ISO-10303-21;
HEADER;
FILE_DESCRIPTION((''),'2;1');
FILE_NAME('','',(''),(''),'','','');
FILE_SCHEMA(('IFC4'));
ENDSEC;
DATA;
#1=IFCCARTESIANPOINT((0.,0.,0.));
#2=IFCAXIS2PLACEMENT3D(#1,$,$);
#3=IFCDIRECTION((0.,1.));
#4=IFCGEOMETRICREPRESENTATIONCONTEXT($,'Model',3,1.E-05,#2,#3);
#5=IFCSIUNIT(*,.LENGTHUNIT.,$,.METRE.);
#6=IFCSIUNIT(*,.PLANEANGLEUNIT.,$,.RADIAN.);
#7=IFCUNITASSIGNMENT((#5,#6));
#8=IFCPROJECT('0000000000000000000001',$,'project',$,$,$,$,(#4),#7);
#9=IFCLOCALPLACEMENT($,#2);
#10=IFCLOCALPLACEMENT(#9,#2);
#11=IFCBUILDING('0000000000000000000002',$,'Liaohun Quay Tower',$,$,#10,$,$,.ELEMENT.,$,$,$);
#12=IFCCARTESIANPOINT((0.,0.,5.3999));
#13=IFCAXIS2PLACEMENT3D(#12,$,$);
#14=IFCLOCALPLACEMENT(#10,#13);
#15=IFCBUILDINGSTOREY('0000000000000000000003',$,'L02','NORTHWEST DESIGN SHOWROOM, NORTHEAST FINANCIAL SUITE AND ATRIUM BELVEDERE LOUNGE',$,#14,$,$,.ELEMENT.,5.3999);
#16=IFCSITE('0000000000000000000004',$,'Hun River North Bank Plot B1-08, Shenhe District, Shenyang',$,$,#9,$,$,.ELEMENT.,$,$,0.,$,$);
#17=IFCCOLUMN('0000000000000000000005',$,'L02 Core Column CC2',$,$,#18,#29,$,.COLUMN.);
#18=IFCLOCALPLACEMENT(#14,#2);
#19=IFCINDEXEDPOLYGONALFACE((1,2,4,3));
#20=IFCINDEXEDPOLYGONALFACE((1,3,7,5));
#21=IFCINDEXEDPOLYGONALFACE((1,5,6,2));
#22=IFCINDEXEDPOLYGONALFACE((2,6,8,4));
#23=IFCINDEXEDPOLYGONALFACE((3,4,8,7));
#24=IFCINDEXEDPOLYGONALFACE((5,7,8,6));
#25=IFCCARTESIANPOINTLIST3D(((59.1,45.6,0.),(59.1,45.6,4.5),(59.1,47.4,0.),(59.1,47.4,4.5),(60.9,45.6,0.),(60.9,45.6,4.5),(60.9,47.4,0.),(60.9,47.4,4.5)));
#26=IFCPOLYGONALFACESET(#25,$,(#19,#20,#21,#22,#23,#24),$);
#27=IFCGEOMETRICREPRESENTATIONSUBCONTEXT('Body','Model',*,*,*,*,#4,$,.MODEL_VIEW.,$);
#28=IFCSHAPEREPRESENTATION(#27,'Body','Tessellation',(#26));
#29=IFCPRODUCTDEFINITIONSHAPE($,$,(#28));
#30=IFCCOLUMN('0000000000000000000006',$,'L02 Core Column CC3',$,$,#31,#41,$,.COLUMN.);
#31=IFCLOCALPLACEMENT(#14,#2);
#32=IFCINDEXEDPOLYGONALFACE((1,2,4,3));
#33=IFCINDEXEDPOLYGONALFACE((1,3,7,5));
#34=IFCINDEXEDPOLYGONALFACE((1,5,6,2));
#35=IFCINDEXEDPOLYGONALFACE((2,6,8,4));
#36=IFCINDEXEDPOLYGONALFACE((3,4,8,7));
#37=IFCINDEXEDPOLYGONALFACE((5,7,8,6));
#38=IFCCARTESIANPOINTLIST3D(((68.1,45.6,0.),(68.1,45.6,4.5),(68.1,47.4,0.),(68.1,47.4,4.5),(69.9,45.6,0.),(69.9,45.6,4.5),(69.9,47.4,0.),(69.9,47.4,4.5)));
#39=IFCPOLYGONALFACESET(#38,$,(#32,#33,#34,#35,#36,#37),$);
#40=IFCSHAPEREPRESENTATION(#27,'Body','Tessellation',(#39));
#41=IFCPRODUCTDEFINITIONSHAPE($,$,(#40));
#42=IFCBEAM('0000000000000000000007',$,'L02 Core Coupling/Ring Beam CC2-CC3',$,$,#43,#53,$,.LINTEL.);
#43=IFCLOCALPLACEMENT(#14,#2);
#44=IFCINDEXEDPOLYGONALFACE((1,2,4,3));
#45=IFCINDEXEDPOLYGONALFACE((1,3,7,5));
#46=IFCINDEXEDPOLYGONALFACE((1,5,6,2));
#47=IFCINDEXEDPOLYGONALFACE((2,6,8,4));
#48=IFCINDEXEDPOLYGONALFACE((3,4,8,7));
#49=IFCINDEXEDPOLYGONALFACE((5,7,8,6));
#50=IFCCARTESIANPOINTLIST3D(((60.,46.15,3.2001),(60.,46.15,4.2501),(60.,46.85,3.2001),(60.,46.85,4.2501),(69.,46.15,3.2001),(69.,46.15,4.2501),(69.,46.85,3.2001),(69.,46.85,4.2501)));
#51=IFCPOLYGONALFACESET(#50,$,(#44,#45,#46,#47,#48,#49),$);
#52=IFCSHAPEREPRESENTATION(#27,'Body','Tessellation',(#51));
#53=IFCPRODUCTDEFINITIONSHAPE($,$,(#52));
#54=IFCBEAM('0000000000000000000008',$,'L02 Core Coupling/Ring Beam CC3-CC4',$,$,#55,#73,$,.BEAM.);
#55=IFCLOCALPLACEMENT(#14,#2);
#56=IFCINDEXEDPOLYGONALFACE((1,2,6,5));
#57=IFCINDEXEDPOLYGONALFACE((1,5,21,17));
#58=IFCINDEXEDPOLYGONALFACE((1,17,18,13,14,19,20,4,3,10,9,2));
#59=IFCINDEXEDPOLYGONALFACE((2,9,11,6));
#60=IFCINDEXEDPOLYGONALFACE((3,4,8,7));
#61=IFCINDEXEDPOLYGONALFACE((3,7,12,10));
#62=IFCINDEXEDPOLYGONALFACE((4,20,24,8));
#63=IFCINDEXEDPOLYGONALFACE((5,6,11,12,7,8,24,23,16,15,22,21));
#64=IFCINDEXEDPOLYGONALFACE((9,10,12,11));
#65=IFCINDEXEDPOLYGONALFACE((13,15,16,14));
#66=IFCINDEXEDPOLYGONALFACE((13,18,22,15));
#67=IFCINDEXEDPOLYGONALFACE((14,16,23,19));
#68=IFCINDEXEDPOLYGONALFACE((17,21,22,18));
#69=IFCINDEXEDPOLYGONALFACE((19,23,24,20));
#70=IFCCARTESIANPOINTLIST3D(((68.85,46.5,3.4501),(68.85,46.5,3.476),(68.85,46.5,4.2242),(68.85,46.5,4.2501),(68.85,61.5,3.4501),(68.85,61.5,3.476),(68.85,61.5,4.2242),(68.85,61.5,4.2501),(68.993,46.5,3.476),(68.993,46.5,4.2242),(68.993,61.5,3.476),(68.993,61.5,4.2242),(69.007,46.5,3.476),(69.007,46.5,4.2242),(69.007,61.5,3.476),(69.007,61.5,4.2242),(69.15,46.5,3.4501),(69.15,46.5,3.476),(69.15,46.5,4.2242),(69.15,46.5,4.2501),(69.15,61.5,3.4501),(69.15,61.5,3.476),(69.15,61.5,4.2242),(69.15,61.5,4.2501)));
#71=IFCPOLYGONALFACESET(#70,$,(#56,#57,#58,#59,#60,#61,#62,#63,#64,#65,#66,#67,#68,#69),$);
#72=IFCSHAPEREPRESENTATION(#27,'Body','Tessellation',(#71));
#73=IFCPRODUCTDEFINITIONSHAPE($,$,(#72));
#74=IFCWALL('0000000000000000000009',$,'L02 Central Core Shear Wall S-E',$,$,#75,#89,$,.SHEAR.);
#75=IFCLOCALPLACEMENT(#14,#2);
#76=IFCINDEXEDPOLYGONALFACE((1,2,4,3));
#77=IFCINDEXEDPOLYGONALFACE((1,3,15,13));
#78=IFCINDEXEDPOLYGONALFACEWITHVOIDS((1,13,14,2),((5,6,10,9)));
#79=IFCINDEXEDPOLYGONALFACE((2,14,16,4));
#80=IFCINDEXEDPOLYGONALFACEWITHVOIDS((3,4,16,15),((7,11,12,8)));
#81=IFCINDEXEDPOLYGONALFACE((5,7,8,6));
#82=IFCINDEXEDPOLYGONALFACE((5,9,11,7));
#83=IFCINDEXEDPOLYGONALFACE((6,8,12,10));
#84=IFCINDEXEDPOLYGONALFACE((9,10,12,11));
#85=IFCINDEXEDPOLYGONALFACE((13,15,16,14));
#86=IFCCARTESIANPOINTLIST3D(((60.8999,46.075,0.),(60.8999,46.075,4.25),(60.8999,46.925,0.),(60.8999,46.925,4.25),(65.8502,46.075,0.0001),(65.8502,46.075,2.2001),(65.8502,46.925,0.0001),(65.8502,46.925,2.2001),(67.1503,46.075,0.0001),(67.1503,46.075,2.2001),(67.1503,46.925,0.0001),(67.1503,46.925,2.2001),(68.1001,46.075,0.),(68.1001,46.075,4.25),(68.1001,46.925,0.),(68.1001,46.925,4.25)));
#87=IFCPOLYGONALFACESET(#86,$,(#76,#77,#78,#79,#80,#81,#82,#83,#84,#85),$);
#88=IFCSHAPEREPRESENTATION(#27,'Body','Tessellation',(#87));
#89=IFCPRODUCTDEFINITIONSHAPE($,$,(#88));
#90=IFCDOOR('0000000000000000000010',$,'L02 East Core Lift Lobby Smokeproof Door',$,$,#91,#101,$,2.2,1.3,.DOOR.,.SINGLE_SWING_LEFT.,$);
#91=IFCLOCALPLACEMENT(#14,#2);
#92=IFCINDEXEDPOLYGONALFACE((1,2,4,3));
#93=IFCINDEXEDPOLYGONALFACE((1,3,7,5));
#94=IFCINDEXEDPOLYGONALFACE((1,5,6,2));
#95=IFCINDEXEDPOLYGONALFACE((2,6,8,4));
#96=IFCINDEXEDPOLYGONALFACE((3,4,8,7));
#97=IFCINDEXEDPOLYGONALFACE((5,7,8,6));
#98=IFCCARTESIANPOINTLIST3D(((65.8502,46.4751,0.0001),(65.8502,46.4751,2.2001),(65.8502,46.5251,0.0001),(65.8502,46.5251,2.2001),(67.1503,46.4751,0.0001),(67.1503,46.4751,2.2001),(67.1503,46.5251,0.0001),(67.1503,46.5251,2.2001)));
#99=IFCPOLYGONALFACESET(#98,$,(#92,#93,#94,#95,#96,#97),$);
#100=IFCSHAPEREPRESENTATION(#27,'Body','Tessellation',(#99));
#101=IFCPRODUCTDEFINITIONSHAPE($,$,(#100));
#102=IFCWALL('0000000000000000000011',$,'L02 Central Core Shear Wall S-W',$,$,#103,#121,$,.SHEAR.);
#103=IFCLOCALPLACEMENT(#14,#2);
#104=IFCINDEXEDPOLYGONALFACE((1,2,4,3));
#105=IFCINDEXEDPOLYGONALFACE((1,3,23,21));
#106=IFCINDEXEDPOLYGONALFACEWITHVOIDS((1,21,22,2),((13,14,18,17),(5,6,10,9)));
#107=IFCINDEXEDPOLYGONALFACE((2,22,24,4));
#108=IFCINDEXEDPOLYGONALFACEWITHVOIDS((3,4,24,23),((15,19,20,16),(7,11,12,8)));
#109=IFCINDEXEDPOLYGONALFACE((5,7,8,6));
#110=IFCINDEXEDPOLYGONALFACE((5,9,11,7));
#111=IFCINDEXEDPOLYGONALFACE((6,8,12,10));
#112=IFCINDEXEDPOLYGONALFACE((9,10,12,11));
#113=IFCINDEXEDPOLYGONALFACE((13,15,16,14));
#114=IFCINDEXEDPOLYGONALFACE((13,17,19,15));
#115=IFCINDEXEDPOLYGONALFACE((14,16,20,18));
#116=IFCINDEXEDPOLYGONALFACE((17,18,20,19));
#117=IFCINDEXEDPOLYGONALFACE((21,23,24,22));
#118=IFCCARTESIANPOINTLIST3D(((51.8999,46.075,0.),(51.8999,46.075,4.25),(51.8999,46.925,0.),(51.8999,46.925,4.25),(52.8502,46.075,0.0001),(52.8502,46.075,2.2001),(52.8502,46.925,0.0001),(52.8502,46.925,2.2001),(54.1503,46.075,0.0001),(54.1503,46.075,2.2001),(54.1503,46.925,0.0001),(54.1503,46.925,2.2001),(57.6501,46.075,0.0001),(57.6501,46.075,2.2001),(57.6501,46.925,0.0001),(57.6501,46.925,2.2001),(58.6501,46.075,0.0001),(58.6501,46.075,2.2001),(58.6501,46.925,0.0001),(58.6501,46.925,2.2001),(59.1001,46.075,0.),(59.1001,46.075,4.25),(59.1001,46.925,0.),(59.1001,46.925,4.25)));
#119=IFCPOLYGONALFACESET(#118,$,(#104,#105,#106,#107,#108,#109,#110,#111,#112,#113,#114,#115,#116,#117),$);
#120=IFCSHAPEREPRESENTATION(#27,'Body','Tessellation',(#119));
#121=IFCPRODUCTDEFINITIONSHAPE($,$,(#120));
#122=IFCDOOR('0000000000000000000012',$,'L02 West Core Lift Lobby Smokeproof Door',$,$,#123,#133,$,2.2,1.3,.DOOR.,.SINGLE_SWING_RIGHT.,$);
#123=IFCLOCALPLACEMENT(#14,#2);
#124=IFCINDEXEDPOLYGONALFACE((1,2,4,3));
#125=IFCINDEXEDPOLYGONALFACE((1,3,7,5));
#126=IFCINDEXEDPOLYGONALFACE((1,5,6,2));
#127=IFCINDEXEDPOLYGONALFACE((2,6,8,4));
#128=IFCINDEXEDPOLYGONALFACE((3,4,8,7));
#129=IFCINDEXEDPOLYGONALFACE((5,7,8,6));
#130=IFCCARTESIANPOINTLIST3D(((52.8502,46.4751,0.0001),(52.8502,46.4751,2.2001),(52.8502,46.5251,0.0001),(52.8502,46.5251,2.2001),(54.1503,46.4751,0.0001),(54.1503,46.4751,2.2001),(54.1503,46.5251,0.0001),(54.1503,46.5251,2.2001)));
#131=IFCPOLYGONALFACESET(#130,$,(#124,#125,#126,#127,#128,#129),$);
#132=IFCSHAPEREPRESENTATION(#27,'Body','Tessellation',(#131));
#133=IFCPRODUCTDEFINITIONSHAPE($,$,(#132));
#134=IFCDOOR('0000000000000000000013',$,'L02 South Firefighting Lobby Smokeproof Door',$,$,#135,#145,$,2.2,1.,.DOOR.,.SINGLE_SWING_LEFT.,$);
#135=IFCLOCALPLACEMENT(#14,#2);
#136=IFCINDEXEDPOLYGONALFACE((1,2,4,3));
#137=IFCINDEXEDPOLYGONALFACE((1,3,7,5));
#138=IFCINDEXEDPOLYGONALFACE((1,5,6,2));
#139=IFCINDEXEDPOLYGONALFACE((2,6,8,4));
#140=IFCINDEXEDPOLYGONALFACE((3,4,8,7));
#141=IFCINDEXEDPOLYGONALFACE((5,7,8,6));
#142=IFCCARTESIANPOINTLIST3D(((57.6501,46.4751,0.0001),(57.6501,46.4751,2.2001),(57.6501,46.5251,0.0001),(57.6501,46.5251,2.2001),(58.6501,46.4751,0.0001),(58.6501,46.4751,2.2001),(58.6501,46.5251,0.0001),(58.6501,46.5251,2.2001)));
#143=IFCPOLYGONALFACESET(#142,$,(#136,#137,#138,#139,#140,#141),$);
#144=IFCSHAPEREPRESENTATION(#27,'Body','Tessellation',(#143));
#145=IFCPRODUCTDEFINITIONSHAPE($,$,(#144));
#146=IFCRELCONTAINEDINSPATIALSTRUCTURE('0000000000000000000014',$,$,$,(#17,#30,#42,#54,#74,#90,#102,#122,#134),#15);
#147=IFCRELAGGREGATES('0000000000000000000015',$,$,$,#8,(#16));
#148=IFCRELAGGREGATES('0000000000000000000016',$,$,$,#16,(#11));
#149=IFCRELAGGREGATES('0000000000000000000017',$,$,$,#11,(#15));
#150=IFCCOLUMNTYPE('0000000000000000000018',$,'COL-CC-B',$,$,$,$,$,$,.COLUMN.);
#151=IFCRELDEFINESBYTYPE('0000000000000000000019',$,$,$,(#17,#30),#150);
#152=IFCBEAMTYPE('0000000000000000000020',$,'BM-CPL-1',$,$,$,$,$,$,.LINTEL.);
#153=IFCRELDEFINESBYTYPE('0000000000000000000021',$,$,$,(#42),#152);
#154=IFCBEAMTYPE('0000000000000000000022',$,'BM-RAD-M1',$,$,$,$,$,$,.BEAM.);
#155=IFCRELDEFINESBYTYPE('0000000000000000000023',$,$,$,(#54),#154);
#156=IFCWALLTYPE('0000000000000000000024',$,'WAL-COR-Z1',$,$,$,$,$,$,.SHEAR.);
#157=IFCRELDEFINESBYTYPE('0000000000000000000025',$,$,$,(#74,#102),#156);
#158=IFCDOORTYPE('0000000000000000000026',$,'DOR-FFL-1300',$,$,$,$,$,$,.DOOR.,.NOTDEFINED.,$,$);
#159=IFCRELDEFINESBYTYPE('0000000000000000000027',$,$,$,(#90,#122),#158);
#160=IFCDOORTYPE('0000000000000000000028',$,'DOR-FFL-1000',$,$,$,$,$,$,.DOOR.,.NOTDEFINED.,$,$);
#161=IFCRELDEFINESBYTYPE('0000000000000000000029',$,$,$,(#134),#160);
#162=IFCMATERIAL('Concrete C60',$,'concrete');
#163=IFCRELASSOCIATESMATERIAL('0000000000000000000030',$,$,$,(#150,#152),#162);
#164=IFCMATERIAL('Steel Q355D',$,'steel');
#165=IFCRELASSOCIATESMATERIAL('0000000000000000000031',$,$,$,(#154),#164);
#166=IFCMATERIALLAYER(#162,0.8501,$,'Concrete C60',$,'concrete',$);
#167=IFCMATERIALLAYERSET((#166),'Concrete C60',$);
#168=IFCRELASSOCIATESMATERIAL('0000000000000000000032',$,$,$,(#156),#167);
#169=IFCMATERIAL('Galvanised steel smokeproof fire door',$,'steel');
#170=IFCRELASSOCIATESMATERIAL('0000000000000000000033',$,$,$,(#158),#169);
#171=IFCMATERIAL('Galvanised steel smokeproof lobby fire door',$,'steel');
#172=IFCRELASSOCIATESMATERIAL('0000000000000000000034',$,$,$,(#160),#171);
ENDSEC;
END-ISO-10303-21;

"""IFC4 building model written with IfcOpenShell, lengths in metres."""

from ifc_helpers import new_model, si_unit, direction, frame, frame_2d, origin, origin_2d, place, context, subcontext, project, spatial, rectangle, i_section, extrude, source, transform, mapped, material, layer, layer_set, material_profile, profile_set, type_object, element, fill, save


model = new_model("IFC4")

# Units and contexts
model_context = context("Model", 3, precision=1e-05, world=origin(), true_north=direction((0.0, 1.0)))
body_context = subcontext(model_context, "Body", "Model", "MODEL_VIEW")
ifc_project = project(units=[si_unit("LENGTHUNIT", "METRE"), si_unit("PLANEANGLEUNIT", "RADIAN")], contexts=[model_context])

# Site, building, storey
site_placement = place(None, origin())
site = spatial("IfcSite", under=ifc_project, at=site_placement, Name="Hun River North Bank Plot B1-08, Shenhe District, Shenyang", CompositionType="ELEMENT", RefElevation=0.0)
building_placement = place(site_placement, origin())
building = spatial("IfcBuilding", under=site, at=building_placement, Name="Liaohun Quay Tower", CompositionType="ELEMENT")
storey_placement = place(building_placement, frame((0.0, 0.0, 5.3999)))
storey = spatial("IfcBuildingStorey", under=building, at=storey_placement, Name="L02", Description="NORTHWEST DESIGN SHOWROOM, NORTHEAST FINANCIAL SUITE AND ATRIUM BELVEDERE LOUNGE", CompositionType="ELEMENT", Elevation=5.3999)

# Columns
ifc_material_1 = material(Name="Concrete C60", Category="concrete")
ifc_material_profile_1 = material_profile(ifc_material_1, rectangle(XDim=1.8, YDim=1.8, at=origin_2d()), Name="RC1800x1800")
ifc_profile_set_1 = profile_set([ifc_material_profile_1], Name="Concrete C60")
column_type = type_object("IfcColumnType", Name="COL-CC-B", PredefinedType="COLUMN", material=ifc_profile_set_1)
shared_shape_1 = source(origin(), body_context, "Body", "SweptSolid", [
    extrude(rectangle(XDim=1.8, YDim=1.8, at=origin_2d()), origin(), (0.0, 0.0, 1.0), 4.5),
])
for number, where, z_axis, x_axis, name in (
    (1, (60.0, 46.5, 0.0), (0.0, 0.0, 1.0), (1.0, 0.0, 0.0), "L02 Core Column CC2"),
    (2, (69.0, 46.5, 0.0), (0.0, 0.0, 1.0), (1.0, 0.0, 0.0), "L02 Core Column CC3"),
):
    element("IfcColumn", number, at=place(storey_placement, frame(where, z_axis=z_axis, x_axis=x_axis)), inside=storey, type_object=column_type, Name=name, PredefinedType="COLUMN", context=body_context, shape_type="MappedRepresentation", body=[
        mapped(shared_shape_1, transform((0.0, 0.0, 0.0), x_axis=(1.0, 0.0, 0.0), y_axis=(0.0, 1.0, 0.0), z_axis=(0.0, 0.0, 1.0), scale=1.0)),
    ])

# Beams
ifc_material_profile_2 = material_profile(ifc_material_1, rectangle(XDim=0.7, YDim=1.05, at=origin_2d()), Name="RC700x1050")
ifc_profile_set_2 = profile_set([ifc_material_profile_2], Name="Concrete C60")
beam_type_1 = type_object("IfcBeamType", Name="BM-CPL-1", PredefinedType="LINTEL", material=ifc_profile_set_2)
shared_shape_2 = source(origin(), body_context, "Body", "SweptSolid", [
    extrude(rectangle(XDim=0.7, YDim=1.05, at=origin_2d()), origin(), (0.0, 0.0, 1.0), 9.0),
])
beam_1_placement = place(storey_placement, frame((60.0, 46.5, 3.7251), z_axis=(1.0, 0.0, 0.0), x_axis=(0.0, 1.0, 0.0)))
element("IfcBeam", 3, at=beam_1_placement, inside=storey, type_object=beam_type_1, Name="L02 Core Coupling/Ring Beam CC2-CC3", PredefinedType="LINTEL", context=body_context, shape_type="MappedRepresentation", body=[
    mapped(shared_shape_2, transform((0.0, 0.0, 0.0), x_axis=(1.0, 0.0, 0.0), y_axis=(0.0, 1.0, 0.0), z_axis=(0.0, 0.0, 1.0), scale=1.0)),
])
ifc_material_2 = material(Name="Steel Q355D", Category="steel")
ifc_material_profile_3 = material_profile(ifc_material_2, i_section(OverallWidth=0.3, OverallDepth=0.8, WebThickness=0.0139, FlangeThickness=0.0259, at=origin_2d()), Name="HN800x300x14x26")
ifc_profile_set_3 = profile_set([ifc_material_profile_3], Name="Steel Q355D")
beam_type_2 = type_object("IfcBeamType", Name="BM-RAD-M1", PredefinedType="BEAM", material=ifc_profile_set_3)
shared_shape_3 = source(origin(), body_context, "Body", "SweptSolid", [
    extrude(i_section(OverallWidth=0.3, OverallDepth=0.8, WebThickness=0.0139, FlangeThickness=0.0259, at=origin_2d()), origin(), (0.0, 0.0, 1.0), 15.0),
])
beam_2_placement = place(storey_placement, frame((69.0, 46.5, 3.8501), z_axis=(0.0, 1.0, 0.0), x_axis=(-1.0, 0.0, 0.0)))
element("IfcBeam", 4, at=beam_2_placement, inside=storey, type_object=beam_type_2, Name="L02 Core Coupling/Ring Beam CC3-CC4", PredefinedType="BEAM", context=body_context, shape_type="MappedRepresentation", body=[
    mapped(shared_shape_3, transform((0.0, 0.0, 0.0), x_axis=(1.0, 0.0, 0.0), y_axis=(0.0, 1.0, 0.0), z_axis=(0.0, 0.0, 1.0), scale=1.0)),
])

# Wall, opening, door
ifc_layer_1 = layer(ifc_material_1, 0.8501, Name="Concrete C60", Category="concrete")
ifc_layer_set_1 = layer_set([ifc_layer_1], Name="Concrete C60")
wall_type_1 = type_object("IfcWallType", Name="WAL-COR-Z1", PredefinedType="SHEAR", material=ifc_layer_set_1)
wall_1_placement = place(storey_placement, frame((68.1001, 46.5, 0.0), z_axis=(0.0, 0.0, 1.0), x_axis=(-1.0, 0.0, 0.0)))
wall_1 = element("IfcWall", 5, at=wall_1_placement, inside=storey, type_object=wall_type_1, Name="L02 Central Core Shear Wall S-E", PredefinedType="SHEAR", context=body_context, shape_type="SweptSolid", body=[
    extrude(rectangle(XDim=7.2002, YDim=0.8501, at=frame_2d((3.6001, 0.0))), origin(), (0.0, 0.0, 1.0), 4.25),
])
shared_shape_4 = source(origin(), body_context, "Body", "SweptSolid", [
    extrude(rectangle(XDim=1.3, YDim=2.2, at=frame_2d((0.6499, 1.1001))), frame((0.0, 0.4351, 0.0), z_axis=(0.0, -1.0, 0.0), x_axis=(1.0, 0.0, 0.0)), (0.0, 0.0, 1.0), 0.8701),
])
opening_1_placement = place(wall_1_placement, frame((0.95, 0.0, 0.0)))
opening_1 = element("IfcOpeningElement", 6, at=opening_1_placement, cuts=wall_1, PredefinedType="OPENING", context=body_context, shape_type="MappedRepresentation", body=[
    mapped(shared_shape_4, transform((0.0, 0.0, 0.0), x_axis=(1.0, 0.0, 0.0), y_axis=(0.0, 1.0, 0.0), z_axis=(0.0, 0.0, 1.0), scale=1.0)),
])
ifc_material_3 = material(Name="Galvanised steel smokeproof fire door", Category="steel")
door_type_1 = type_object("IfcDoorType", Name="DOR-FFL-1300", OperationType="NOTDEFINED", PredefinedType="DOOR", material=ifc_material_3)
shared_shape_5 = source(origin(), body_context, "Body", "SweptSolid", [
    extrude(rectangle(XDim=1.3, YDim=2.2, at=frame_2d((0.6499, 1.1001))), frame((0.0, 0.0249, 0.0), z_axis=(0.0, -1.0, 0.0), x_axis=(1.0, 0.0, 0.0)), (0.0, 0.0, 1.0), 0.05),
])
door_1_placement = place(opening_1_placement, origin())
door_1 = element("IfcDoor", 7, at=door_1_placement, inside=storey, type_object=door_type_1, Name="L02 East Core Lift Lobby Smokeproof Door", OperationType="SINGLE_SWING_LEFT", OverallHeight=2.2, OverallWidth=1.3, PredefinedType="DOOR", context=body_context, shape_type="MappedRepresentation", body=[
    mapped(shared_shape_5, transform((0.0, 0.0, 0.0), x_axis=(1.0, 0.0, 0.0), y_axis=(0.0, 1.0, 0.0), z_axis=(0.0, 0.0, 1.0), scale=1.0)),
])
fill(opening_1, door_1)

# Wall, openings, doors
wall_2_placement = place(storey_placement, frame((59.1001, 46.5, 0.0), z_axis=(0.0, 0.0, 1.0), x_axis=(-1.0, 0.0, 0.0)))
wall_2 = element("IfcWall", 8, at=wall_2_placement, inside=storey, type_object=wall_type_1, Name="L02 Central Core Shear Wall S-W", PredefinedType="SHEAR", context=body_context, shape_type="SweptSolid", body=[
    extrude(rectangle(XDim=7.2002, YDim=0.8501, at=frame_2d((3.6001, 0.0))), origin(), (0.0, 0.0, 1.0), 4.25),
])
opening_2_placement = place(wall_2_placement, frame((4.95, 0.0, 0.0)))
opening_2 = element("IfcOpeningElement", 9, at=opening_2_placement, cuts=wall_2, PredefinedType="OPENING", context=body_context, shape_type="MappedRepresentation", body=[
    mapped(shared_shape_4, transform((0.0, 0.0, 0.0), x_axis=(1.0, 0.0, 0.0), y_axis=(0.0, 1.0, 0.0), z_axis=(0.0, 0.0, 1.0), scale=1.0)),
])
shared_shape_6 = source(origin(), body_context, "Body", "SweptSolid", [
    extrude(rectangle(XDim=1.0, YDim=2.2, at=frame_2d((0.5, 1.1001))), frame((0.0, 0.4351, 0.0), z_axis=(0.0, -1.0, 0.0), x_axis=(1.0, 0.0, 0.0)), (0.0, 0.0, 1.0), 0.8701),
])
opening_3_placement = place(wall_2_placement, frame((0.45, 0.0, 0.0)))
opening_3 = element("IfcOpeningElement", 10, at=opening_3_placement, cuts=wall_2, PredefinedType="OPENING", context=body_context, shape_type="MappedRepresentation", body=[
    mapped(shared_shape_6, transform((0.0, 0.0, 0.0), x_axis=(1.0, 0.0, 0.0), y_axis=(0.0, 1.0, 0.0), z_axis=(0.0, 0.0, 1.0), scale=1.0)),
])
door_2_placement = place(opening_2_placement, origin())
door_2 = element("IfcDoor", 11, at=door_2_placement, inside=storey, type_object=door_type_1, Name="L02 West Core Lift Lobby Smokeproof Door", OperationType="SINGLE_SWING_RIGHT", OverallHeight=2.2, OverallWidth=1.3, PredefinedType="DOOR", context=body_context, shape_type="MappedRepresentation", body=[
    mapped(shared_shape_5, transform((0.0, 0.0, 0.0), x_axis=(1.0, 0.0, 0.0), y_axis=(0.0, 1.0, 0.0), z_axis=(0.0, 0.0, 1.0), scale=1.0)),
])
fill(opening_2, door_2)
ifc_material_4 = material(Name="Galvanised steel smokeproof lobby fire door", Category="steel")
door_type_2 = type_object("IfcDoorType", Name="DOR-FFL-1000", OperationType="NOTDEFINED", PredefinedType="DOOR", material=ifc_material_4)
shared_shape_7 = source(origin(), body_context, "Body", "SweptSolid", [
    extrude(rectangle(XDim=1.0, YDim=2.2, at=frame_2d((0.5, 1.1001))), frame((0.0, 0.0249, 0.0), z_axis=(0.0, -1.0, 0.0), x_axis=(1.0, 0.0, 0.0)), (0.0, 0.0, 1.0), 0.05),
])
door_3_placement = place(opening_3_placement, origin())
door_3 = element("IfcDoor", 12, at=door_3_placement, inside=storey, type_object=door_type_2, Name="L02 South Firefighting Lobby Smokeproof Door", OperationType="SINGLE_SWING_LEFT", OverallHeight=2.2, OverallWidth=1.0, PredefinedType="DOOR", context=body_context, shape_type="MappedRepresentation", body=[
    mapped(shared_shape_7, transform((0.0, 0.0, 0.0), x_axis=(1.0, 0.0, 0.0), y_axis=(0.0, 1.0, 0.0), z_axis=(0.0, 0.0, 1.0), scale=1.0)),
])
fill(opening_3, door_3)

save(model, "model.ifc")
